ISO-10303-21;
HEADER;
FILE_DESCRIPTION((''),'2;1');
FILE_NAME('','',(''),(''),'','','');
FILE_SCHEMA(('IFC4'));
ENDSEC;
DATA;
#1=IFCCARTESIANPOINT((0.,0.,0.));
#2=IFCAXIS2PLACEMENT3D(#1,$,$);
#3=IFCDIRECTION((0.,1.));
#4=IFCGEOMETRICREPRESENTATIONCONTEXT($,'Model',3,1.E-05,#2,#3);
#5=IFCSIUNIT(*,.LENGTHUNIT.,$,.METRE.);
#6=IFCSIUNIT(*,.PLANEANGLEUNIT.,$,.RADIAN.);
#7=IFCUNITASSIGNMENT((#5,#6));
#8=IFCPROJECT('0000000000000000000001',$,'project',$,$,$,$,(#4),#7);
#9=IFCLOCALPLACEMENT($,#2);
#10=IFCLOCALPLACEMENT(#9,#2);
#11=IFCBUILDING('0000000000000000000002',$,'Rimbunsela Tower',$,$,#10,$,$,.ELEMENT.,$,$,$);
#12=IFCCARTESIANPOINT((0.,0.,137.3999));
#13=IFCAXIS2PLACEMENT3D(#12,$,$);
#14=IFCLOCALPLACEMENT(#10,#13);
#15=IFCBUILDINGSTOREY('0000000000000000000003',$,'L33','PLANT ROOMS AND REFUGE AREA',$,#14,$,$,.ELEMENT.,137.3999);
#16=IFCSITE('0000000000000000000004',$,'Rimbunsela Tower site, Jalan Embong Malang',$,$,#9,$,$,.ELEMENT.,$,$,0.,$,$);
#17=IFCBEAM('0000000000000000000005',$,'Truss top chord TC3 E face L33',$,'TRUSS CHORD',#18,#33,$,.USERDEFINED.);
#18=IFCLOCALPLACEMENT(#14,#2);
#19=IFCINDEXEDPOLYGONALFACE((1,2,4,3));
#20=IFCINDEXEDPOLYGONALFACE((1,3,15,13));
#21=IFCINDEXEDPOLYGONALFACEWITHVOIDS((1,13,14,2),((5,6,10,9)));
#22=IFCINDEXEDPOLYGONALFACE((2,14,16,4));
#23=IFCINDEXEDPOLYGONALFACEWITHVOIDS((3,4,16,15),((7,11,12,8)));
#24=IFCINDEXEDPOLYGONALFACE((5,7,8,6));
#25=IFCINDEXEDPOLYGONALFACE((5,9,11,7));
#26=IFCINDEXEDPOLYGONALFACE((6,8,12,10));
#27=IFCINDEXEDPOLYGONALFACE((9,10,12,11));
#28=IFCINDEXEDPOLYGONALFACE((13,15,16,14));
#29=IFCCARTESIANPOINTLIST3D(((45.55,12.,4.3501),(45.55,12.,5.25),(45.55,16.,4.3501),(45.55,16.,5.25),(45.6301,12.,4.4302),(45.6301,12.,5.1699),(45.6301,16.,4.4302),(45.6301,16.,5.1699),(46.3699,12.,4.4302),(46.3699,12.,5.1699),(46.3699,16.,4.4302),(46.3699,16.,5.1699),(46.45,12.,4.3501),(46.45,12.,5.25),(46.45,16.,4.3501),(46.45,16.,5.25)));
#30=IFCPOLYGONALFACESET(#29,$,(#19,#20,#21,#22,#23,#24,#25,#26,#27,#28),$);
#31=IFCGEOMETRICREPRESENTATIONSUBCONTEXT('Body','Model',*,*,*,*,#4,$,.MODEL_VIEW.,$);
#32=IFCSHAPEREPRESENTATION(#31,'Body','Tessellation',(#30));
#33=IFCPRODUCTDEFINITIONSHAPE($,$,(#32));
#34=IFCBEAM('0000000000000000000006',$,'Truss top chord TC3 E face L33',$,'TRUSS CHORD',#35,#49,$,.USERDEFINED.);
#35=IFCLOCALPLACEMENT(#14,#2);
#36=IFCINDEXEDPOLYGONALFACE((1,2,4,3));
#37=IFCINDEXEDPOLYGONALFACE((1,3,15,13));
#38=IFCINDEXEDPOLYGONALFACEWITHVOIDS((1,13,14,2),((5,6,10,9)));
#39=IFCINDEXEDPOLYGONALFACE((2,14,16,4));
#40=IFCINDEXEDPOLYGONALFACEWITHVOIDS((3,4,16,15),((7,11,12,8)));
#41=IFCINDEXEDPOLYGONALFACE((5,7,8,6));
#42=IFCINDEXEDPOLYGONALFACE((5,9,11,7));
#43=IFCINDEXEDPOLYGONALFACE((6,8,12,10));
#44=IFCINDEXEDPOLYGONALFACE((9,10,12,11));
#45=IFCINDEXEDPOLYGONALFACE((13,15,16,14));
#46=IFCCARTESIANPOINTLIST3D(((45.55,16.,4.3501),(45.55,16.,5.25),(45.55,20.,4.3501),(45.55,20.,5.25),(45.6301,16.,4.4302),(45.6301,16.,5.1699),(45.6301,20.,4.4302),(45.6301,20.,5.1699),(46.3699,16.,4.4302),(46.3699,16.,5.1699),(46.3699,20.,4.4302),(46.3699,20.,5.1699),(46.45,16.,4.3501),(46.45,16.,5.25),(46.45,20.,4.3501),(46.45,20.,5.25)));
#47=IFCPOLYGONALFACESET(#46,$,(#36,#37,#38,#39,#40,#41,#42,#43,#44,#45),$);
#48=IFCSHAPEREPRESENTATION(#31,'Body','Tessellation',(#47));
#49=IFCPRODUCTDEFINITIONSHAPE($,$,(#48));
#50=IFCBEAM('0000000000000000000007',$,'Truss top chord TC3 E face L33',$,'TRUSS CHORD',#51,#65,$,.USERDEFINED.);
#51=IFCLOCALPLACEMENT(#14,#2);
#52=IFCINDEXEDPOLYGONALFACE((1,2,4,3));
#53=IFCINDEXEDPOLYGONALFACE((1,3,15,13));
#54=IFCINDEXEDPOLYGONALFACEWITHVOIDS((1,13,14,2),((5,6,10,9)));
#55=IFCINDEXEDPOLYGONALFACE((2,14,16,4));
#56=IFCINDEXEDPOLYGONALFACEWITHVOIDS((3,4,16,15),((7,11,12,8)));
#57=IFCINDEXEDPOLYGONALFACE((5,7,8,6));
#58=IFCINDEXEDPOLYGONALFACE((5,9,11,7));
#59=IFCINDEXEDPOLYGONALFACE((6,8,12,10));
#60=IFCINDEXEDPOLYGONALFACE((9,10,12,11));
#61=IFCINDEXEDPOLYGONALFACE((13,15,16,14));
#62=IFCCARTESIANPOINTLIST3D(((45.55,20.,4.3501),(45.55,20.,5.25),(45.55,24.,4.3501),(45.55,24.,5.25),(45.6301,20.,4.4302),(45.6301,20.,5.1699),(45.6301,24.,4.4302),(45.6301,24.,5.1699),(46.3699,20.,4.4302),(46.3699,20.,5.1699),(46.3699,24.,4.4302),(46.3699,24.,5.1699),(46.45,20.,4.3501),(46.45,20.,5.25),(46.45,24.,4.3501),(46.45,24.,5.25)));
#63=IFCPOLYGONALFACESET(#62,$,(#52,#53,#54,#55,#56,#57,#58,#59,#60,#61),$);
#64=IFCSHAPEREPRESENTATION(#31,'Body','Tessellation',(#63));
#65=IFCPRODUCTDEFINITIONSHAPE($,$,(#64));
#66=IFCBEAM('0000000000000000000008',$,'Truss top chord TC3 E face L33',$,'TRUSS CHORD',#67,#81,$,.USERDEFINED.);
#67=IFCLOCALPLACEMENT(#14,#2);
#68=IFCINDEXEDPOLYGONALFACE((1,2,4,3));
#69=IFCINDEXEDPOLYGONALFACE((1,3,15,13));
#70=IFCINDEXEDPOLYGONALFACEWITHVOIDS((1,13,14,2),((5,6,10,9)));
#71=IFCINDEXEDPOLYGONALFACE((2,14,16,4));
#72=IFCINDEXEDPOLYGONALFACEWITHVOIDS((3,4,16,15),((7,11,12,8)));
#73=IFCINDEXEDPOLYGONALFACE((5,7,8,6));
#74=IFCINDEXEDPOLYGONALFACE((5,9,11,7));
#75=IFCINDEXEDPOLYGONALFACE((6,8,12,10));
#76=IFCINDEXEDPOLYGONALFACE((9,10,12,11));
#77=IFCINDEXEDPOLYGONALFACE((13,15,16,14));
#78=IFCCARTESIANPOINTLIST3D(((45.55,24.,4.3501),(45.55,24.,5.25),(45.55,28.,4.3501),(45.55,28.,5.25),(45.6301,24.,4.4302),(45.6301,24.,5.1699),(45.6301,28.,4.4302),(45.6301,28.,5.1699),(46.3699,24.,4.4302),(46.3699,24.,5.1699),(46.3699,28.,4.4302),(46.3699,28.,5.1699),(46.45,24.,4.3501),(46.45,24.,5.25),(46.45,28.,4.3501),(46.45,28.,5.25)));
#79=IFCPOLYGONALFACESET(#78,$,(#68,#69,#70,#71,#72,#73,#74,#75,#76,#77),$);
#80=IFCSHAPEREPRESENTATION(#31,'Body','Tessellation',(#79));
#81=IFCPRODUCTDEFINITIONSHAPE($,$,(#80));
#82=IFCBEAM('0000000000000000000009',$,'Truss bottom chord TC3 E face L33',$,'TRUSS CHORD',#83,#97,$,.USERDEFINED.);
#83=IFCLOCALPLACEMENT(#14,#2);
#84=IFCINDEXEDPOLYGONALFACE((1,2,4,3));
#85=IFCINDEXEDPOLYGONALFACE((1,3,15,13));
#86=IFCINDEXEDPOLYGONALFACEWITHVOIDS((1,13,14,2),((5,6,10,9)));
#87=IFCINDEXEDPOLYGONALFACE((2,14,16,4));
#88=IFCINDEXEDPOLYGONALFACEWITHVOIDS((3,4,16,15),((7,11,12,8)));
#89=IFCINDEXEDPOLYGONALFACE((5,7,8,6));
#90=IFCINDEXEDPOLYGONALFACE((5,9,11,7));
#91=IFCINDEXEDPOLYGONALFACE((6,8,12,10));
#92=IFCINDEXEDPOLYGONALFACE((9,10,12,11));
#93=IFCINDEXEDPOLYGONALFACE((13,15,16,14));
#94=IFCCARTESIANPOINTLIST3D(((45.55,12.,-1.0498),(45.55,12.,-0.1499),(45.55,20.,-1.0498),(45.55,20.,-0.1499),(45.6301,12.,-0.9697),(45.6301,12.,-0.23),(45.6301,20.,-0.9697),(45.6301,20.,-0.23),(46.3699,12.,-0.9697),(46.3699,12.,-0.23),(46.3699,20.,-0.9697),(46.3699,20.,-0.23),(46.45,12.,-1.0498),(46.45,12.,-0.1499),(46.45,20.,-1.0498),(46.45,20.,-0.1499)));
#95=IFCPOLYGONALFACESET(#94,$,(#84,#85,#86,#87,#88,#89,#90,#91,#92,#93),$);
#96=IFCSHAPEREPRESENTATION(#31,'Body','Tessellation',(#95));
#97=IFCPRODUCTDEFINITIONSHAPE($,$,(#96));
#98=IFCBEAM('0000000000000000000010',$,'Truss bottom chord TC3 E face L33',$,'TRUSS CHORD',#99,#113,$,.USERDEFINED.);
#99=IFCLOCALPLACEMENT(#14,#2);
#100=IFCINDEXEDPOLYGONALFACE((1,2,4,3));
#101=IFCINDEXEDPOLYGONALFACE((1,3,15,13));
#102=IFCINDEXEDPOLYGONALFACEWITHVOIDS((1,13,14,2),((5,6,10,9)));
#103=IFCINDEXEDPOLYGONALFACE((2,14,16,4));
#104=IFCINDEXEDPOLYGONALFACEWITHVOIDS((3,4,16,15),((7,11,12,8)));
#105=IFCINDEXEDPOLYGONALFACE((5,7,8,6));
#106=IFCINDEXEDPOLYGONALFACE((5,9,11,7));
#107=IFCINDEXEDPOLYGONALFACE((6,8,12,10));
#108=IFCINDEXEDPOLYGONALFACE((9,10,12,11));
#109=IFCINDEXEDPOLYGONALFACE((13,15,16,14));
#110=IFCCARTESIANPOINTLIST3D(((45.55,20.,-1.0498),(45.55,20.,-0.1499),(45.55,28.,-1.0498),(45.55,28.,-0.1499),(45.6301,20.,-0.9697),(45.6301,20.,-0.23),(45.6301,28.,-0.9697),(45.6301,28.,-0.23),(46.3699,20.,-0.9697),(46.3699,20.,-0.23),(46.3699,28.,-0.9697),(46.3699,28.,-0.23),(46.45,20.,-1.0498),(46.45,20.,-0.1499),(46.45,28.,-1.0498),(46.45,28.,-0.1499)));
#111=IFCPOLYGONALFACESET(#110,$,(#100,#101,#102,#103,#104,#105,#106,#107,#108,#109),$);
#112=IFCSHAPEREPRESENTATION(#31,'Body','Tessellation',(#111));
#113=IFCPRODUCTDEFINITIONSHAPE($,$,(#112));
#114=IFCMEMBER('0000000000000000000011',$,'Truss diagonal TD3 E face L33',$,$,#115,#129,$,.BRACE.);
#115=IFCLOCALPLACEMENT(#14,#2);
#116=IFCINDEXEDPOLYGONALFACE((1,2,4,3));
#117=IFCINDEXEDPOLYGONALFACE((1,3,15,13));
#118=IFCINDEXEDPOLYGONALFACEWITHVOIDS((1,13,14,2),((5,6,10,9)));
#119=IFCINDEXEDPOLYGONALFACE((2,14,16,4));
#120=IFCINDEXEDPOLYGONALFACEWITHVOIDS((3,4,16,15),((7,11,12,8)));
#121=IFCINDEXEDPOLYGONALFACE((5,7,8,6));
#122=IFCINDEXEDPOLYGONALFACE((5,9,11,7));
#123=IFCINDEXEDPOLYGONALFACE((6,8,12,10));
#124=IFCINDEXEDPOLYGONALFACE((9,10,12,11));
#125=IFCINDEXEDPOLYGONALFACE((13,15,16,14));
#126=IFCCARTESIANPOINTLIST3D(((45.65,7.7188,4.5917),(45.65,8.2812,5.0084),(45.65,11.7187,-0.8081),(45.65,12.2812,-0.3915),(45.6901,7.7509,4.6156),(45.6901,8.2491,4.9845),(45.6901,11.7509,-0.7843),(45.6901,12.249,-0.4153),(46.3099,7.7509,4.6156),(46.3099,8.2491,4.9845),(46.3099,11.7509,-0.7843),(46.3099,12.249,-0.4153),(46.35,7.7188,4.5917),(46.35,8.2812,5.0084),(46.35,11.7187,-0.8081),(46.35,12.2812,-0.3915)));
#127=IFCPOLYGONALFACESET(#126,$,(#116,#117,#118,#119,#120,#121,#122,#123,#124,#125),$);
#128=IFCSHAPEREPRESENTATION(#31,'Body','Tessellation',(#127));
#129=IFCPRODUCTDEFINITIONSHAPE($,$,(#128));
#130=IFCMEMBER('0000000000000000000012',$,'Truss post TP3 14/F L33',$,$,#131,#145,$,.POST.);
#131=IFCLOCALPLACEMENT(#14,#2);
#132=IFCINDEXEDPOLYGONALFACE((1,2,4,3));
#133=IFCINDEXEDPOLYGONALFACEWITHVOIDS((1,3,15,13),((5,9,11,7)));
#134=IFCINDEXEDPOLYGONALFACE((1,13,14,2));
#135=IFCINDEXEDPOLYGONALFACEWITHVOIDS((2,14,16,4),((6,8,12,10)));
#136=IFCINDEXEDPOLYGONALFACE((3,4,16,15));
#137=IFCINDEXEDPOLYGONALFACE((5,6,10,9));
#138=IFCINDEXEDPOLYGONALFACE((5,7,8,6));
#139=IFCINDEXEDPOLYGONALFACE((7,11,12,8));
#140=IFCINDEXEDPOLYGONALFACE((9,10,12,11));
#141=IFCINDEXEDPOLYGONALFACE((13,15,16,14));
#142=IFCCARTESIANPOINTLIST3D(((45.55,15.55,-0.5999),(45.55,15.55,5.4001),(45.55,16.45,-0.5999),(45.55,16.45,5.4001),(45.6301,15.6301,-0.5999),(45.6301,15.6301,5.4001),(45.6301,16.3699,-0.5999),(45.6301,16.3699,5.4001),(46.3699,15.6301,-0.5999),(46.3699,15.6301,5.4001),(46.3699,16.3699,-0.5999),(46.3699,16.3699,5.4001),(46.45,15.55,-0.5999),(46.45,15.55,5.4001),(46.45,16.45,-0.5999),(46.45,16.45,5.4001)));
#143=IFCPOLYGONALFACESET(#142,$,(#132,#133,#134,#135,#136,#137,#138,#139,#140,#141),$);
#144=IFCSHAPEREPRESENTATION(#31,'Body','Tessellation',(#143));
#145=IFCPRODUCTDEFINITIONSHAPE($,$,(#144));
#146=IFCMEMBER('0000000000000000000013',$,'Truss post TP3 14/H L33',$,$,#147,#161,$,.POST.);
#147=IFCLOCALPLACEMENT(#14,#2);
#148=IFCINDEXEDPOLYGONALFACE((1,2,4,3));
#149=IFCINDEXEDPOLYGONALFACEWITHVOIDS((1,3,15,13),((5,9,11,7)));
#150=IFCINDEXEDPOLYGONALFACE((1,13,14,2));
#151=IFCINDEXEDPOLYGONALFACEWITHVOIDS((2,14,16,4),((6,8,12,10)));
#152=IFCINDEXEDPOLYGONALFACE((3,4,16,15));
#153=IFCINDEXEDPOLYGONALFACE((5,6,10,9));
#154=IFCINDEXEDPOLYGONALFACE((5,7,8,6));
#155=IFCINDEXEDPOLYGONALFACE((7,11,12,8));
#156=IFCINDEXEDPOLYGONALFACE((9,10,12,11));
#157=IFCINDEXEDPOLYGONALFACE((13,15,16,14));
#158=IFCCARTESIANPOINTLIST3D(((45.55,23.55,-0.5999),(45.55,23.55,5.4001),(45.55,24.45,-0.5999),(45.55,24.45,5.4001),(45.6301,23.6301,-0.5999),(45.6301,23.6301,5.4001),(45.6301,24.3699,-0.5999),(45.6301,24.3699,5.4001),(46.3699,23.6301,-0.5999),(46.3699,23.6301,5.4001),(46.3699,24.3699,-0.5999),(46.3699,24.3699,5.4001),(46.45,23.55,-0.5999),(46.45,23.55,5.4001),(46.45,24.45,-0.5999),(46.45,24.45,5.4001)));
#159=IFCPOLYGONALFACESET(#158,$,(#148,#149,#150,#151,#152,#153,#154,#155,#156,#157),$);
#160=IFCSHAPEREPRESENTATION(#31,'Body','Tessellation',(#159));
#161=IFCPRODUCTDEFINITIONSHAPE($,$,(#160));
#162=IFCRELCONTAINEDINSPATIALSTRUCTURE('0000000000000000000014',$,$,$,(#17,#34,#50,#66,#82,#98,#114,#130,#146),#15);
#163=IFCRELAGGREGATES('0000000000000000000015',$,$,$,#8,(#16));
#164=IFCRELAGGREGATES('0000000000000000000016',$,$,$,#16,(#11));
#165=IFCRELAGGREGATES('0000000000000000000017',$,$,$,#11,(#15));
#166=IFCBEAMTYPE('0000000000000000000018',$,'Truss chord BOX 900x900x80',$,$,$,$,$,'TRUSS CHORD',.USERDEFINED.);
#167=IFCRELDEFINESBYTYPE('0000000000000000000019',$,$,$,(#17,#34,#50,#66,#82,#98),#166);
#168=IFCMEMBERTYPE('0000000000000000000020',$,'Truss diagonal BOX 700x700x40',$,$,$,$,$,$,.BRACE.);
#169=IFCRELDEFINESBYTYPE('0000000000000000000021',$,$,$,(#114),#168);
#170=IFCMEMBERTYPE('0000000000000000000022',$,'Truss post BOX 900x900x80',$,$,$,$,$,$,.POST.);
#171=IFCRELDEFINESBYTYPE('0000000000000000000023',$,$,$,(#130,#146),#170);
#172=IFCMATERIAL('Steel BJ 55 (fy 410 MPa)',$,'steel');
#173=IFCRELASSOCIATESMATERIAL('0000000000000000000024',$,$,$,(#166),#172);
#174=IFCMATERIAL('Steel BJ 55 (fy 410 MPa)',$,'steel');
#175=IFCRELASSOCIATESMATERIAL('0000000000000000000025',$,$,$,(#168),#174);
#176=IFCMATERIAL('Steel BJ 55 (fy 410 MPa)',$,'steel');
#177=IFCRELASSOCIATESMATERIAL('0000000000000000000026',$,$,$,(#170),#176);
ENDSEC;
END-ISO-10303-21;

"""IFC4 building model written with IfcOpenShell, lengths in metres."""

from ifc_helpers import new_model, si_unit, direction, frame, origin, origin_2d, place, context, subcontext, project, spatial, hollow_rectangle, extrude, material, material_profile, profile_set, type_object, element, save


model = new_model("IFC4")

# Units and contexts
model_context = context("Model", 3, precision=1e-05, world=origin(), true_north=direction((0.0, 1.0)))
body_context = subcontext(model_context, "Body", "Model", "MODEL_VIEW")
ifc_project = project(units=[si_unit("LENGTHUNIT", "METRE"), si_unit("PLANEANGLEUNIT", "RADIAN")], contexts=[model_context])

# Site, building, storey
site_placement = place(None, origin())
site = spatial("IfcSite", under=ifc_project, at=site_placement, Name="Rimbunsela Tower site, Jalan Embong Malang", CompositionType="ELEMENT", RefElevation=0.0)
building_placement = place(site_placement, origin())
building = spatial("IfcBuilding", under=site, at=building_placement, Name="Rimbunsela Tower", CompositionType="ELEMENT")
storey_placement = place(building_placement, frame((0.0, 0.0, 137.3999)))
storey = spatial("IfcBuildingStorey", under=building, at=storey_placement, Name="L33", Description="PLANT ROOMS AND REFUGE AREA", CompositionType="ELEMENT", Elevation=137.3999)

# Beams
ifc_material_1 = material(Name="Steel BJ 55 (fy 410 MPa)", Category="steel")
ifc_material_profile_1 = material_profile(ifc_material_1, hollow_rectangle(XDim=0.8999, YDim=0.8999, WallThickness=0.0801, at=origin_2d()), Name="BOX 900x900x80")
ifc_profile_set_1 = profile_set([ifc_material_profile_1], Name="Steel BJ 55 (fy 410 MPa)")
beam_type_1 = type_object("IfcBeamType", Name="Truss chord BOX 900x900x80", ElementType="TRUSS CHORD", PredefinedType="USERDEFINED", material=ifc_profile_set_1)
for number, where, z_axis, x_axis, name in (
    (1, (46.0, 12.0, 4.8), (0.0, 1.0, 0.0), (-1.0, 0.0, 0.0), "Truss top chord TC3 E face L33"),
    (2, (46.0, 16.0, 4.8), (0.0, 1.0, 0.0), (-1.0, 0.0, 0.0), "Truss top chord TC3 E face L33"),
    (3, (46.0, 20.0, 4.8), (0.0, 1.0, 0.0), (-1.0, 0.0, 0.0), "Truss top chord TC3 E face L33"),
    (4, (46.0, 24.0, 4.8), (0.0, 1.0, 0.0), (-1.0, 0.0, 0.0), "Truss top chord TC3 E face L33"),
):
    element("IfcBeam", number, at=place(storey_placement, frame(where, z_axis=z_axis, x_axis=x_axis)), inside=storey, type_object=beam_type_1, Name=name, ObjectType="TRUSS CHORD", PredefinedType="USERDEFINED", context=body_context, shape_type="SweptSolid", body=[
        extrude(hollow_rectangle(XDim=0.8999, YDim=0.8999, WallThickness=0.0801, at=origin_2d()), origin(), (0.0, 0.0, 1.0), 4.0),
    ])
for number, where, z_axis, x_axis, name in (
    (5, (46.0, 12.0, -0.5999), (0.0, 1.0, 0.0), (-1.0, 0.0, 0.0), "Truss bottom chord TC3 E face L33"),
    (6, (46.0, 20.0, -0.5999), (0.0, 1.0, 0.0), (-1.0, 0.0, 0.0), "Truss bottom chord TC3 E face L33"),
):
    element("IfcBeam", number, at=place(storey_placement, frame(where, z_axis=z_axis, x_axis=x_axis)), inside=storey, type_object=beam_type_1, Name=name, ObjectType="TRUSS CHORD", PredefinedType="USERDEFINED", context=body_context, shape_type="SweptSolid", body=[
        extrude(hollow_rectangle(XDim=0.8999, YDim=0.8999, WallThickness=0.0801, at=origin_2d()), origin(), (0.0, 0.0, 1.0), 8.0),
    ])

# Members
ifc_material_2 = material(Name="Steel BJ 55 (fy 410 MPa)", Category="steel")
ifc_material_profile_2 = material_profile(ifc_material_2, hollow_rectangle(XDim=0.7, YDim=0.7, WallThickness=0.04, at=origin_2d()), Name="BOX 700x700x40")
ifc_profile_set_2 = profile_set([ifc_material_profile_2], Name="Steel BJ 55 (fy 410 MPa)")
member_type_1 = type_object("IfcMemberType", Name="Truss diagonal BOX 700x700x40", PredefinedType="BRACE", material=ifc_profile_set_2)
member_1_placement = place(storey_placement, frame((46.0, 8.0, 4.8), z_axis=(0.0, 0.595235, -0.803552), x_axis=(-1.0, 0.0, 0.0)))
element("IfcMember", 7, at=member_1_placement, inside=storey, type_object=member_type_1, Name="Truss diagonal TD3 E face L33", PredefinedType="BRACE", context=body_context, shape_type="SweptSolid", body=[
    extrude(hollow_rectangle(XDim=0.7, YDim=0.7, WallThickness=0.04, at=origin_2d()), origin(), (0.0, 0.0, 1.0), 6.72),
])
ifc_material_3 = material(Name="Steel BJ 55 (fy 410 MPa)", Category="steel")
ifc_material_profile_3 = material_profile(ifc_material_3, hollow_rectangle(XDim=0.8999, YDim=0.8999, WallThickness=0.0801, at=origin_2d()), Name="BOX 900x900x80")
ifc_profile_set_3 = profile_set([ifc_material_profile_3], Name="Steel BJ 55 (fy 410 MPa)")
member_type_2 = type_object("IfcMemberType", Name="Truss post BOX 900x900x80", PredefinedType="POST", material=ifc_profile_set_3)
for number, where, z_axis, x_axis, name in (
    (8, (46.0, 16.0, -0.5999), (0.0, 0.0, 1.0), (1.0, 0.0, 0.0), "Truss post TP3 14/F L33"),
    (9, (46.0, 24.0, -0.5999), (0.0, 0.0, 1.0), (1.0, 0.0, 0.0), "Truss post TP3 14/H L33"),
):
    element("IfcMember", number, at=place(storey_placement, frame(where, z_axis=z_axis, x_axis=x_axis)), inside=storey, type_object=member_type_2, Name=name, PredefinedType="POST", context=body_context, shape_type="SweptSolid", body=[
        extrude(hollow_rectangle(XDim=0.8999, YDim=0.8999, WallThickness=0.0801, at=origin_2d()), origin(), (0.0, 0.0, 1.0), 6.0),
    ])

save(model, "model.ifc")
